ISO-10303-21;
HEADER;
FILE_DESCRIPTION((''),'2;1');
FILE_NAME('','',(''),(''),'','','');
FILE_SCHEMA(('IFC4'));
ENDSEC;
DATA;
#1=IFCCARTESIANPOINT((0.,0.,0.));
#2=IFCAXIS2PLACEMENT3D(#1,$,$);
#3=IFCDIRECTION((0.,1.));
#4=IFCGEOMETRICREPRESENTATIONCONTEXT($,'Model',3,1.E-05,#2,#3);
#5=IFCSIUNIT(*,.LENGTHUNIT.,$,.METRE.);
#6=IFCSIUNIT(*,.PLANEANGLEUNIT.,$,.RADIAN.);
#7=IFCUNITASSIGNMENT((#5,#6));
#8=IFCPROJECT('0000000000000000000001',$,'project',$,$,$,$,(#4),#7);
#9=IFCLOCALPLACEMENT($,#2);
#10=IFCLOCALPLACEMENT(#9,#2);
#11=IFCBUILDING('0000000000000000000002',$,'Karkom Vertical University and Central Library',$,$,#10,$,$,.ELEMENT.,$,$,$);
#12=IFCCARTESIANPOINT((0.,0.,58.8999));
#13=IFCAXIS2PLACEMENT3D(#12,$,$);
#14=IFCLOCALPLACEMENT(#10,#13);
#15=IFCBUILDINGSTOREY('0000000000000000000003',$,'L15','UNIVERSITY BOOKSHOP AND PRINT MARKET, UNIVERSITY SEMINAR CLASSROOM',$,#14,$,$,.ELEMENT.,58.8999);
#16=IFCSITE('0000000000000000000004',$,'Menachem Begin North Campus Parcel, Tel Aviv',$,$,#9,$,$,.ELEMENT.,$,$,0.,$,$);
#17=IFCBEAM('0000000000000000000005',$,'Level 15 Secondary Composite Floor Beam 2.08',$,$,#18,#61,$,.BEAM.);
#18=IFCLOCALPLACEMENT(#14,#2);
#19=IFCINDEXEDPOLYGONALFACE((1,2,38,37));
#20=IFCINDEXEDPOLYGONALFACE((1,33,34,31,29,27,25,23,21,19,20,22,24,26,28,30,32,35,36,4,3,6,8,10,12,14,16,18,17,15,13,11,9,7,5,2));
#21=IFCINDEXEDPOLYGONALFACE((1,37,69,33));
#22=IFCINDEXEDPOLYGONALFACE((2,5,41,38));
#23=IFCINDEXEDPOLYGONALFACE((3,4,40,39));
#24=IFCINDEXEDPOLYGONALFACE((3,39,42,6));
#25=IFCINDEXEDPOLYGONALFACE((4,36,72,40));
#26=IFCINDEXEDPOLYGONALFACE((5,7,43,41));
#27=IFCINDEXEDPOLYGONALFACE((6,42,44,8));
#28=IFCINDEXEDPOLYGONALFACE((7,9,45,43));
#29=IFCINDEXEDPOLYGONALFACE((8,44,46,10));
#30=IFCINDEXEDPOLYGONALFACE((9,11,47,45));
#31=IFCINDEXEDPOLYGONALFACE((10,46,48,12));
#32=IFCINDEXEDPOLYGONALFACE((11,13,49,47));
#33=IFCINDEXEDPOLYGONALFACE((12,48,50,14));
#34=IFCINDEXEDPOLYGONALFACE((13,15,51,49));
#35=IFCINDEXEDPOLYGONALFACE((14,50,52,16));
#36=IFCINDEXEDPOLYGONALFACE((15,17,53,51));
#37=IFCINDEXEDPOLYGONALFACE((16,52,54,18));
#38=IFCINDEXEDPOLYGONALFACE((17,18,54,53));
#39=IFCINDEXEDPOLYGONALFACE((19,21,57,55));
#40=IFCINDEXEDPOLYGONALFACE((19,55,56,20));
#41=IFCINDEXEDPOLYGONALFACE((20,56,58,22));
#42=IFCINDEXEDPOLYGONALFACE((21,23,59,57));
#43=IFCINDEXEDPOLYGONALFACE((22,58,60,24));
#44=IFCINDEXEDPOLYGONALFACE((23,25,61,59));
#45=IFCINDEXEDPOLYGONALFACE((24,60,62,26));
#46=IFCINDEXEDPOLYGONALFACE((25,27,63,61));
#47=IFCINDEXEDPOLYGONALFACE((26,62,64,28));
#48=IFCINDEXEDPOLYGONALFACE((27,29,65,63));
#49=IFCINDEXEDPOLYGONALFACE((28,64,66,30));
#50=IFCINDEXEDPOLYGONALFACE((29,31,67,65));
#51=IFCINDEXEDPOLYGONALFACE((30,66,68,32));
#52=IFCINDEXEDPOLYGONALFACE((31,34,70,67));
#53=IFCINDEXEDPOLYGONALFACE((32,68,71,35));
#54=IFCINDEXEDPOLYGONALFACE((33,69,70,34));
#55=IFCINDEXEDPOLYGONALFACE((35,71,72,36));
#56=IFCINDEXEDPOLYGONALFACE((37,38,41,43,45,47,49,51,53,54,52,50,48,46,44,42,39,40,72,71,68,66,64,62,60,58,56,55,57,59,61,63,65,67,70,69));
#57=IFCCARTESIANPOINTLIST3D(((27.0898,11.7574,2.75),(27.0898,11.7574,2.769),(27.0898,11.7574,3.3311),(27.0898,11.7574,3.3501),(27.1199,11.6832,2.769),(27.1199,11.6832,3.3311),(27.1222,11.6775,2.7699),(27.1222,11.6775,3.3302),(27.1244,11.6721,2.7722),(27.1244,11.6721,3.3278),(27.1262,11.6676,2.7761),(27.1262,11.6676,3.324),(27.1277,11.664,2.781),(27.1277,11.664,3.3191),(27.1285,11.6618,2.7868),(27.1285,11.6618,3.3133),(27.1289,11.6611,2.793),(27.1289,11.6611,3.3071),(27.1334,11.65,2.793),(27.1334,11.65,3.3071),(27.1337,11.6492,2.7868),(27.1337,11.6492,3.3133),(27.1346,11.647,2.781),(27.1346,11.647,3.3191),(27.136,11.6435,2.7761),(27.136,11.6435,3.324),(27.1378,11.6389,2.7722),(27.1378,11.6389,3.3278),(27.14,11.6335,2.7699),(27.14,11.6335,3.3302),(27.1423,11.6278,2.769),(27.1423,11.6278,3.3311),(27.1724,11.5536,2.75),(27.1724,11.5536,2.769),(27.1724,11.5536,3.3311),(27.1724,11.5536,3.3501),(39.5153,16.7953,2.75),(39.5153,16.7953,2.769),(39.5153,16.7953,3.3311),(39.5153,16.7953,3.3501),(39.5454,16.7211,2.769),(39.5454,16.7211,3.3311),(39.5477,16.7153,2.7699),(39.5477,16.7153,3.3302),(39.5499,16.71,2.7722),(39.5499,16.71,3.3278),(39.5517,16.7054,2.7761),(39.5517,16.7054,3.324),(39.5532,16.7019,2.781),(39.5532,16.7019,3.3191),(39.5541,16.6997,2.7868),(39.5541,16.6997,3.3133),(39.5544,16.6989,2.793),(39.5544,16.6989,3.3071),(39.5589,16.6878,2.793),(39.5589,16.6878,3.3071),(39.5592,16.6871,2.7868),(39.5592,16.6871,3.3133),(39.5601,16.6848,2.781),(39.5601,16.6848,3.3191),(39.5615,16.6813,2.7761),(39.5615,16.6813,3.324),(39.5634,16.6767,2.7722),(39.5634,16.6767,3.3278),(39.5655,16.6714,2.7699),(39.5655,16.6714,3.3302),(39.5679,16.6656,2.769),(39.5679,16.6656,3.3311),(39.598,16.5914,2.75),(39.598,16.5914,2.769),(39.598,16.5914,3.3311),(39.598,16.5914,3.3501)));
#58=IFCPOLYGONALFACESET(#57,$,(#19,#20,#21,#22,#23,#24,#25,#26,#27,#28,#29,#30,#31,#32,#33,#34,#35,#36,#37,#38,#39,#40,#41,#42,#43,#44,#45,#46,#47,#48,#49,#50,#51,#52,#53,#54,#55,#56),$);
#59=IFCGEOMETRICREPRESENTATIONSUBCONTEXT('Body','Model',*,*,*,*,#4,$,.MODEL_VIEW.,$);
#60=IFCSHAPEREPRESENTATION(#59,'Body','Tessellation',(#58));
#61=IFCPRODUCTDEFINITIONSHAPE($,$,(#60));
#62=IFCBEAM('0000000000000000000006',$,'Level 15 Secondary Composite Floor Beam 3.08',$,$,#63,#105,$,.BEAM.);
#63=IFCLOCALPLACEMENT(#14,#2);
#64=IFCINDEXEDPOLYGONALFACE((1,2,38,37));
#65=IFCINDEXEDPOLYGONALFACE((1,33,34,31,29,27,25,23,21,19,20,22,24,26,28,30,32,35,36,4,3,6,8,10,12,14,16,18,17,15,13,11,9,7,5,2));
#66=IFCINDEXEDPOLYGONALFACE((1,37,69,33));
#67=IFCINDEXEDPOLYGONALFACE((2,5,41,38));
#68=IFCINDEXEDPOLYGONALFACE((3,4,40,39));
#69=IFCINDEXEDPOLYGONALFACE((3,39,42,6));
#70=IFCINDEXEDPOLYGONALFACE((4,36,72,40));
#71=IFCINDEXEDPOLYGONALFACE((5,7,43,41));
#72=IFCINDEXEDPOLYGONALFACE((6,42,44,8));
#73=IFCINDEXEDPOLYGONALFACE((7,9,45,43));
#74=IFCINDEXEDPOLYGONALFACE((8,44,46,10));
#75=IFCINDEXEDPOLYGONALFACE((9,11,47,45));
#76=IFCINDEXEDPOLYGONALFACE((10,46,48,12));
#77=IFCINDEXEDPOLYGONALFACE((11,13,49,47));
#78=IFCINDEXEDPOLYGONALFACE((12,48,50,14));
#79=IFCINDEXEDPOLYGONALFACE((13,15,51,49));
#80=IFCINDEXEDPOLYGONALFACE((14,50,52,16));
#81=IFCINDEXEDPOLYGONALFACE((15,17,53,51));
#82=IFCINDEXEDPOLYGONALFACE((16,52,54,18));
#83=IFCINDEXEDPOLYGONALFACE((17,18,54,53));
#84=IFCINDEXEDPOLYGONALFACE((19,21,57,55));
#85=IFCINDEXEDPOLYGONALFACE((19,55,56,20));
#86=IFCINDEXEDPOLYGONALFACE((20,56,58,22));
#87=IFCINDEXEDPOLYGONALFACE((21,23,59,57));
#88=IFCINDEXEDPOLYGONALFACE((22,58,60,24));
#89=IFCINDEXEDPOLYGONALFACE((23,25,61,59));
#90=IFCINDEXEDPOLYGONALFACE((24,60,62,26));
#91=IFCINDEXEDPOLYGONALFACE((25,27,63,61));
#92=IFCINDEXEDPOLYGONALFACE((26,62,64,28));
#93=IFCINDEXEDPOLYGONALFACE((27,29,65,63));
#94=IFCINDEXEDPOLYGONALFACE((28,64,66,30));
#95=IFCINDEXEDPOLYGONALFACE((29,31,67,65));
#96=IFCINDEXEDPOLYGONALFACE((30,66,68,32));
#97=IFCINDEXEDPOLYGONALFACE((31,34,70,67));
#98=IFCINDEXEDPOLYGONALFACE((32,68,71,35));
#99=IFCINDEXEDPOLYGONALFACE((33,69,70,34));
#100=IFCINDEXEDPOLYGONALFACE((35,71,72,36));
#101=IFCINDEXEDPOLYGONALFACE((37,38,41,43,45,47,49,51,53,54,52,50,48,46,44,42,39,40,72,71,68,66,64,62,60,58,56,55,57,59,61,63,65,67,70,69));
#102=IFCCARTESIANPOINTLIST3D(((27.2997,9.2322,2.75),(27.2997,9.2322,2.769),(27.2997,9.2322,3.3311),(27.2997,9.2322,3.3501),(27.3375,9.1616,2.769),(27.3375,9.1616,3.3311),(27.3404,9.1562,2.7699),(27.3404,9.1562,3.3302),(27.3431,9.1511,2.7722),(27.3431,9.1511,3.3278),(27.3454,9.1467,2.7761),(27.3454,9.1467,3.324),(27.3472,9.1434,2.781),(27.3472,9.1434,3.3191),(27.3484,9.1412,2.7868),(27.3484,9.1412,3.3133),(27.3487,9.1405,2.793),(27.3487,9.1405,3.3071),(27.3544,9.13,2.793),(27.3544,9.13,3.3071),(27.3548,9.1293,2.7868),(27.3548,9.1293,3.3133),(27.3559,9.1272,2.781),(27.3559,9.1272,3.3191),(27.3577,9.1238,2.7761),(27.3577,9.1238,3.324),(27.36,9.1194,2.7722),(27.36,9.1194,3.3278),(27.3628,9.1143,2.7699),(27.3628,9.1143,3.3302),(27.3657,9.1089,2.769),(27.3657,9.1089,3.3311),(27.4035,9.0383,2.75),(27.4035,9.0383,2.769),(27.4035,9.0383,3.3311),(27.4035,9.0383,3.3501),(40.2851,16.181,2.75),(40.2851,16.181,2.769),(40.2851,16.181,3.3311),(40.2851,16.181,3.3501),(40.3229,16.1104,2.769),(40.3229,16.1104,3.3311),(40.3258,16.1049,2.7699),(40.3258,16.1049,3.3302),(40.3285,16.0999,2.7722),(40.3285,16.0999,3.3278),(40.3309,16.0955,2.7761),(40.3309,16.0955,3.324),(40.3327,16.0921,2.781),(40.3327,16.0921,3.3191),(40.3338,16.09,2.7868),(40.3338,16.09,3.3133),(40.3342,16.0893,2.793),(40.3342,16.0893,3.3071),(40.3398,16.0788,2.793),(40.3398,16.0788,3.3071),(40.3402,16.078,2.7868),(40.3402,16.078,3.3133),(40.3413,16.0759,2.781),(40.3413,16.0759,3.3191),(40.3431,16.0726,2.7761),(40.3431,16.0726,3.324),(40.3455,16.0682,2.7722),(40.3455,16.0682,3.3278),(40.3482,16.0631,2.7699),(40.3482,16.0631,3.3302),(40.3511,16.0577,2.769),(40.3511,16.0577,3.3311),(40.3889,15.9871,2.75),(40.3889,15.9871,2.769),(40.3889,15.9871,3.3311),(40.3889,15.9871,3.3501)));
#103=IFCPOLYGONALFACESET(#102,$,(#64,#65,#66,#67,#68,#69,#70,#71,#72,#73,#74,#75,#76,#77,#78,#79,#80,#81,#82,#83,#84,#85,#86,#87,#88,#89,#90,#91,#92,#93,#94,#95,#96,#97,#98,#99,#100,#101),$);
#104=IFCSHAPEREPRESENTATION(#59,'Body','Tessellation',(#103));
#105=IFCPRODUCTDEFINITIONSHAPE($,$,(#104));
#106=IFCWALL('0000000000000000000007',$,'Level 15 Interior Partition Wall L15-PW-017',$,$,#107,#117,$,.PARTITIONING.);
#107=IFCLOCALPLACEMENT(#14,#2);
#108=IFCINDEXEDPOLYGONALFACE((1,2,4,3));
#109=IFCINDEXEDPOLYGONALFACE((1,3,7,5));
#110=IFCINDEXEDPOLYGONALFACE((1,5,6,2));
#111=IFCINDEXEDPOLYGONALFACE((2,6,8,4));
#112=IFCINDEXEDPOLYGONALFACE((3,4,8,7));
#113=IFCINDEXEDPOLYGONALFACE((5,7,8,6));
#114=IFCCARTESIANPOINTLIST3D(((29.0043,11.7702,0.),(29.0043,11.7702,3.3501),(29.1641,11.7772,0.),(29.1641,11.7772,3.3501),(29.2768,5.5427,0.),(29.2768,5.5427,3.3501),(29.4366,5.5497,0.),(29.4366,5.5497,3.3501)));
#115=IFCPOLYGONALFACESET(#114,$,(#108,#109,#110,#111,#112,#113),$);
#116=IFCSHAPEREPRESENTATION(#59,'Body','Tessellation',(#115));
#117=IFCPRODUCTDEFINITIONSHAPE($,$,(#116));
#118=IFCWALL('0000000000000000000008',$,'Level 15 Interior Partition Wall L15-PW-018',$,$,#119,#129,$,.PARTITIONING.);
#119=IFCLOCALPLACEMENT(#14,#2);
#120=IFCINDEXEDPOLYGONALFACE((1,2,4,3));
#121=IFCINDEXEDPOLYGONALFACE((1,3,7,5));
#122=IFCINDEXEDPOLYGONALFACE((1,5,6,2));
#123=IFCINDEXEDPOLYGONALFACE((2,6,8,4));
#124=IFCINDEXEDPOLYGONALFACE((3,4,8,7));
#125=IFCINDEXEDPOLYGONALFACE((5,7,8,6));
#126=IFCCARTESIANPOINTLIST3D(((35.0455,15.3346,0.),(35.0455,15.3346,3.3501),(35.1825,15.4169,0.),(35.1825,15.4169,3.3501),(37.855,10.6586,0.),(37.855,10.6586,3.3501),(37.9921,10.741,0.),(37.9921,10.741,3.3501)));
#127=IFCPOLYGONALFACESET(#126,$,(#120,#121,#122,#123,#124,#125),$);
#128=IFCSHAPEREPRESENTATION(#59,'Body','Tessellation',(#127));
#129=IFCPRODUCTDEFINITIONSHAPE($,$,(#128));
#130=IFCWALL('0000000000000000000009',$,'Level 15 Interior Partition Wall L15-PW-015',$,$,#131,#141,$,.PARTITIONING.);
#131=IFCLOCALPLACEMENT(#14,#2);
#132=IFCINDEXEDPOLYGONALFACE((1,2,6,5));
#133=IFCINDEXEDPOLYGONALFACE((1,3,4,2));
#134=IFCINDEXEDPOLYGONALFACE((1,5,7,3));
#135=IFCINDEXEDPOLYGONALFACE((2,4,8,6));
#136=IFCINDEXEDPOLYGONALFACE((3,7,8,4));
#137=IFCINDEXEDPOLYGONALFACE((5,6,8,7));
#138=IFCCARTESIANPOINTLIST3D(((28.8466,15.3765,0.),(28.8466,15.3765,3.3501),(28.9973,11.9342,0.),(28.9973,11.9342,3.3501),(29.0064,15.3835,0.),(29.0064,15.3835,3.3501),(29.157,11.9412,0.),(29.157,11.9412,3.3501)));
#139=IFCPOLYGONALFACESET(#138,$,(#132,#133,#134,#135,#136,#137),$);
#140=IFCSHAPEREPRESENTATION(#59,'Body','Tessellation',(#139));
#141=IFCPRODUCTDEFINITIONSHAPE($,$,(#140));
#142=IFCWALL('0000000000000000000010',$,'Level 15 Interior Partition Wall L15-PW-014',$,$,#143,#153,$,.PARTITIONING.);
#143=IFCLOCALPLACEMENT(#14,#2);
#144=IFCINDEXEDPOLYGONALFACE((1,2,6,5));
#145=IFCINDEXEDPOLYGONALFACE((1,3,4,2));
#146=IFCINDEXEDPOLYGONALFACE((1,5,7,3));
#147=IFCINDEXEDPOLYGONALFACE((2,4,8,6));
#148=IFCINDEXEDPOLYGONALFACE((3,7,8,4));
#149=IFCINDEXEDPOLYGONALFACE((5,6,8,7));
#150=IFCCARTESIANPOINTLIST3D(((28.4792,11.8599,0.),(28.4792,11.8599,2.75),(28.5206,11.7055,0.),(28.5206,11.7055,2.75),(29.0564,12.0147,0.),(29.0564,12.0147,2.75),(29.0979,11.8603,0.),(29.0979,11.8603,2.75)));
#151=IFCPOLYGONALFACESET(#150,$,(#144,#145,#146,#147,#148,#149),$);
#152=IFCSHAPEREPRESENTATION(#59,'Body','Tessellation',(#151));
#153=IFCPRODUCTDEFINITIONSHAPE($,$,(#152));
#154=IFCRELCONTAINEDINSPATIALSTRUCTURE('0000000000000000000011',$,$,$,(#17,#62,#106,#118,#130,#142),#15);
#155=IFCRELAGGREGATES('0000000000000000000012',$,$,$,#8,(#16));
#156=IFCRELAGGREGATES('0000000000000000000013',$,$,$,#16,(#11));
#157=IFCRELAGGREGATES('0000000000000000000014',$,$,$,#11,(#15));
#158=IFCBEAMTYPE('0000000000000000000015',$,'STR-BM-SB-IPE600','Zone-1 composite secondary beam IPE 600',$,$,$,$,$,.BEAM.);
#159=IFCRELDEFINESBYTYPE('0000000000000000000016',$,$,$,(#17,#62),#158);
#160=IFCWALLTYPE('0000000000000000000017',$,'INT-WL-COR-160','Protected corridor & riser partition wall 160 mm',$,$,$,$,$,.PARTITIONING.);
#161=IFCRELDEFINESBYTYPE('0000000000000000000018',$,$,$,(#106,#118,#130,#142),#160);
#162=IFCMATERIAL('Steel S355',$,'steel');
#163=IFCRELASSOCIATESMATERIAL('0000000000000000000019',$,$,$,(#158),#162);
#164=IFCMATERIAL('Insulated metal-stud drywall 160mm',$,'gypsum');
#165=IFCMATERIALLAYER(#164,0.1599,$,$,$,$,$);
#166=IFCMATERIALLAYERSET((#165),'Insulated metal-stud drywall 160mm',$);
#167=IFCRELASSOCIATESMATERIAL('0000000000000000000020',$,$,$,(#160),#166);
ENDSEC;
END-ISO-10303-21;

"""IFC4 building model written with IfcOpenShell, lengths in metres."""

from ifc_helpers import new_model, si_unit, direction, frame, frame_2d, origin, origin_with_axes, origin_2d, place, context, subcontext, project, spatial, rectangle, i_section, extrude, source, transform, mapped, material, layer, layer_set, material_profile, profile_set, type_object, element, save


model = new_model("IFC4")

# Units and contexts
model_context = context("Model", 3, precision=1e-05, world=origin(), true_north=direction((0.0, 1.0)))
body_context = subcontext(model_context, "Body", "Model", "MODEL_VIEW")
ifc_project = project(units=[si_unit("LENGTHUNIT", "METRE"), si_unit("PLANEANGLEUNIT", "RADIAN")], contexts=[model_context])

# Site, building, storey
site_placement = place(None, origin())
site = spatial("IfcSite", under=ifc_project, at=site_placement, Name="Menachem Begin North Campus Parcel, Tel Aviv", CompositionType="ELEMENT", RefElevation=0.0)
building_placement = place(site_placement, origin())
building = spatial("IfcBuilding", under=site, at=building_placement, Name="Karkom Vertical University and Central Library", CompositionType="ELEMENT")
storey_placement = place(building_placement, frame((0.0, 0.0, 58.8999)))
storey = spatial("IfcBuildingStorey", under=building, at=storey_placement, Name="L15", Description="UNIVERSITY BOOKSHOP AND PRINT MARKET, UNIVERSITY SEMINAR CLASSROOM", CompositionType="ELEMENT", Elevation=58.8999)

# Beams
ifc_material_1 = material(Name="Steel S355", Category="steel")
ifc_material_profile_1 = material_profile(ifc_material_1, i_section(OverallWidth=0.22, OverallDepth=0.6001, WebThickness=0.012, FlangeThickness=0.019, FilletRadius=0.0239, at=origin_2d()), Name="IPE 600")
ifc_profile_set_1 = profile_set([ifc_material_profile_1], Name="Steel S355")
beam_type_1 = type_object("IfcBeamType", Name="STR-BM-SB-IPE600", Description="Zone-1 composite secondary beam IPE 600", PredefinedType="BEAM", material=ifc_profile_set_1)
shared_shape_1 = source(origin_with_axes(), body_context, "Body", "SweptSolid", [
    extrude(i_section(OverallWidth=0.22, OverallDepth=0.6001, WebThickness=0.012, FlangeThickness=0.019, FilletRadius=0.0239, at=origin_2d()), origin(), (0.0, 0.0, 1.0), 13.408),
])
beam_1_placement = place(storey_placement, frame((27.1311, 11.6555, 3.05), z_axis=(0.926727, 0.375735, 0.0), x_axis=(-0.375735, 0.926727, 0.0)))
element("IfcBeam", 1, at=beam_1_placement, inside=storey, type_object=beam_type_1, Name="Level 15 Secondary Composite Floor Beam 2.08", PredefinedType="BEAM", context=body_context, shape_type="MappedRepresentation", body=[
    mapped(shared_shape_1, transform((0.0, 0.0, 0.0), scale=1.0)),
])
shared_shape_2 = source(origin_with_axes(), body_context, "Body", "SweptSolid", [
    extrude(i_section(OverallWidth=0.22, OverallDepth=0.6001, WebThickness=0.012, FlangeThickness=0.019, FilletRadius=0.0239, at=origin_2d()), origin(), (0.0, 0.0, 1.0), 14.7278),
])
beam_2_placement = place(storey_placement, frame((27.3516, 9.1353, 3.05), z_axis=(0.881698, 0.471815, 0.0), x_axis=(-0.471815, 0.881698, 0.0)))
element("IfcBeam", 2, at=beam_2_placement, inside=storey, type_object=beam_type_1, Name="Level 15 Secondary Composite Floor Beam 3.08", PredefinedType="BEAM", context=body_context, shape_type="MappedRepresentation", body=[
    mapped(shared_shape_2, transform((0.0, 0.0, 0.0), scale=1.0)),
])

# Shared definitions
ifc_material_2 = material(Name="Insulated metal-stud drywall 160mm", Category="gypsum")
ifc_layer = layer(ifc_material_2, 0.1599)
ifc_layer_set = layer_set([ifc_layer], Name="Insulated metal-stud drywall 160mm")
wall_type = type_object("IfcWallType", Name="INT-WL-COR-160", Description="Protected corridor & riser partition wall 160 mm", PredefinedType="PARTITIONING", material=ifc_layer_set)

# Walls
wall_1_placement = place(storey_placement, frame((29.0842, 11.7737, 0.0), z_axis=(0.0, 0.0, 1.0), x_axis=(0.043709, -0.999044, 0.0)))
element("IfcWall", 3, at=wall_1_placement, inside=storey, type_object=wall_type, Name="Level 15 Interior Partition Wall L15-PW-017", PredefinedType="PARTITIONING", context=body_context, shape_type="SweptSolid", body=[
    extrude(rectangle(XDim=6.2334, YDim=0.1599, at=frame_2d((3.1167, 0.0))), origin(), (0.0, 0.0, 1.0), 3.3501),
])
wall_2_placement = place(storey_placement, frame((35.114, 15.3757, 0.0), z_axis=(0.0, 0.0, 1.0), x_axis=(0.515029, -0.857173, 0.0)))
element("IfcWall", 4, at=wall_2_placement, inside=storey, type_object=wall_type, Name="Level 15 Interior Partition Wall L15-PW-018", PredefinedType="PARTITIONING", context=body_context, shape_type="SweptSolid", body=[
    extrude(rectangle(XDim=5.4551, YDim=0.1599, at=frame_2d((2.7275, 0.0))), origin(), (0.0, 0.0, 1.0), 3.3501),
])
wall_3_placement = place(storey_placement, frame((28.9265, 15.3799, 0.0), z_axis=(0.0, 0.0, 1.0), x_axis=(0.043717, -0.999044, 0.0)))
element("IfcWall", 5, at=wall_3_placement, inside=storey, type_object=wall_type, Name="Level 15 Interior Partition Wall L15-PW-015", PredefinedType="PARTITIONING", context=body_context, shape_type="SweptSolid", body=[
    extrude(rectangle(XDim=3.4456, YDim=0.1599, at=frame_2d((1.7227, 0.0))), origin(), (0.0, 0.0, 1.0), 3.3501),
])
wall_4_placement = place(storey_placement, frame((29.0771, 11.9375, 0.0), z_axis=(0.0, 0.0, 1.0), x_axis=(-0.965868, -0.259036, 0.0)))
element("IfcWall", 6, at=wall_4_placement, inside=storey, type_object=wall_type, Name="Level 15 Interior Partition Wall L15-PW-014", PredefinedType="PARTITIONING", context=body_context, shape_type="SweptSolid", body=[
    extrude(rectangle(XDim=0.5977, YDim=0.1599, at=frame_2d((0.2988, 0.0))), origin(), (0.0, 0.0, 1.0), 2.75),
])

save(model, "model.ifc")
